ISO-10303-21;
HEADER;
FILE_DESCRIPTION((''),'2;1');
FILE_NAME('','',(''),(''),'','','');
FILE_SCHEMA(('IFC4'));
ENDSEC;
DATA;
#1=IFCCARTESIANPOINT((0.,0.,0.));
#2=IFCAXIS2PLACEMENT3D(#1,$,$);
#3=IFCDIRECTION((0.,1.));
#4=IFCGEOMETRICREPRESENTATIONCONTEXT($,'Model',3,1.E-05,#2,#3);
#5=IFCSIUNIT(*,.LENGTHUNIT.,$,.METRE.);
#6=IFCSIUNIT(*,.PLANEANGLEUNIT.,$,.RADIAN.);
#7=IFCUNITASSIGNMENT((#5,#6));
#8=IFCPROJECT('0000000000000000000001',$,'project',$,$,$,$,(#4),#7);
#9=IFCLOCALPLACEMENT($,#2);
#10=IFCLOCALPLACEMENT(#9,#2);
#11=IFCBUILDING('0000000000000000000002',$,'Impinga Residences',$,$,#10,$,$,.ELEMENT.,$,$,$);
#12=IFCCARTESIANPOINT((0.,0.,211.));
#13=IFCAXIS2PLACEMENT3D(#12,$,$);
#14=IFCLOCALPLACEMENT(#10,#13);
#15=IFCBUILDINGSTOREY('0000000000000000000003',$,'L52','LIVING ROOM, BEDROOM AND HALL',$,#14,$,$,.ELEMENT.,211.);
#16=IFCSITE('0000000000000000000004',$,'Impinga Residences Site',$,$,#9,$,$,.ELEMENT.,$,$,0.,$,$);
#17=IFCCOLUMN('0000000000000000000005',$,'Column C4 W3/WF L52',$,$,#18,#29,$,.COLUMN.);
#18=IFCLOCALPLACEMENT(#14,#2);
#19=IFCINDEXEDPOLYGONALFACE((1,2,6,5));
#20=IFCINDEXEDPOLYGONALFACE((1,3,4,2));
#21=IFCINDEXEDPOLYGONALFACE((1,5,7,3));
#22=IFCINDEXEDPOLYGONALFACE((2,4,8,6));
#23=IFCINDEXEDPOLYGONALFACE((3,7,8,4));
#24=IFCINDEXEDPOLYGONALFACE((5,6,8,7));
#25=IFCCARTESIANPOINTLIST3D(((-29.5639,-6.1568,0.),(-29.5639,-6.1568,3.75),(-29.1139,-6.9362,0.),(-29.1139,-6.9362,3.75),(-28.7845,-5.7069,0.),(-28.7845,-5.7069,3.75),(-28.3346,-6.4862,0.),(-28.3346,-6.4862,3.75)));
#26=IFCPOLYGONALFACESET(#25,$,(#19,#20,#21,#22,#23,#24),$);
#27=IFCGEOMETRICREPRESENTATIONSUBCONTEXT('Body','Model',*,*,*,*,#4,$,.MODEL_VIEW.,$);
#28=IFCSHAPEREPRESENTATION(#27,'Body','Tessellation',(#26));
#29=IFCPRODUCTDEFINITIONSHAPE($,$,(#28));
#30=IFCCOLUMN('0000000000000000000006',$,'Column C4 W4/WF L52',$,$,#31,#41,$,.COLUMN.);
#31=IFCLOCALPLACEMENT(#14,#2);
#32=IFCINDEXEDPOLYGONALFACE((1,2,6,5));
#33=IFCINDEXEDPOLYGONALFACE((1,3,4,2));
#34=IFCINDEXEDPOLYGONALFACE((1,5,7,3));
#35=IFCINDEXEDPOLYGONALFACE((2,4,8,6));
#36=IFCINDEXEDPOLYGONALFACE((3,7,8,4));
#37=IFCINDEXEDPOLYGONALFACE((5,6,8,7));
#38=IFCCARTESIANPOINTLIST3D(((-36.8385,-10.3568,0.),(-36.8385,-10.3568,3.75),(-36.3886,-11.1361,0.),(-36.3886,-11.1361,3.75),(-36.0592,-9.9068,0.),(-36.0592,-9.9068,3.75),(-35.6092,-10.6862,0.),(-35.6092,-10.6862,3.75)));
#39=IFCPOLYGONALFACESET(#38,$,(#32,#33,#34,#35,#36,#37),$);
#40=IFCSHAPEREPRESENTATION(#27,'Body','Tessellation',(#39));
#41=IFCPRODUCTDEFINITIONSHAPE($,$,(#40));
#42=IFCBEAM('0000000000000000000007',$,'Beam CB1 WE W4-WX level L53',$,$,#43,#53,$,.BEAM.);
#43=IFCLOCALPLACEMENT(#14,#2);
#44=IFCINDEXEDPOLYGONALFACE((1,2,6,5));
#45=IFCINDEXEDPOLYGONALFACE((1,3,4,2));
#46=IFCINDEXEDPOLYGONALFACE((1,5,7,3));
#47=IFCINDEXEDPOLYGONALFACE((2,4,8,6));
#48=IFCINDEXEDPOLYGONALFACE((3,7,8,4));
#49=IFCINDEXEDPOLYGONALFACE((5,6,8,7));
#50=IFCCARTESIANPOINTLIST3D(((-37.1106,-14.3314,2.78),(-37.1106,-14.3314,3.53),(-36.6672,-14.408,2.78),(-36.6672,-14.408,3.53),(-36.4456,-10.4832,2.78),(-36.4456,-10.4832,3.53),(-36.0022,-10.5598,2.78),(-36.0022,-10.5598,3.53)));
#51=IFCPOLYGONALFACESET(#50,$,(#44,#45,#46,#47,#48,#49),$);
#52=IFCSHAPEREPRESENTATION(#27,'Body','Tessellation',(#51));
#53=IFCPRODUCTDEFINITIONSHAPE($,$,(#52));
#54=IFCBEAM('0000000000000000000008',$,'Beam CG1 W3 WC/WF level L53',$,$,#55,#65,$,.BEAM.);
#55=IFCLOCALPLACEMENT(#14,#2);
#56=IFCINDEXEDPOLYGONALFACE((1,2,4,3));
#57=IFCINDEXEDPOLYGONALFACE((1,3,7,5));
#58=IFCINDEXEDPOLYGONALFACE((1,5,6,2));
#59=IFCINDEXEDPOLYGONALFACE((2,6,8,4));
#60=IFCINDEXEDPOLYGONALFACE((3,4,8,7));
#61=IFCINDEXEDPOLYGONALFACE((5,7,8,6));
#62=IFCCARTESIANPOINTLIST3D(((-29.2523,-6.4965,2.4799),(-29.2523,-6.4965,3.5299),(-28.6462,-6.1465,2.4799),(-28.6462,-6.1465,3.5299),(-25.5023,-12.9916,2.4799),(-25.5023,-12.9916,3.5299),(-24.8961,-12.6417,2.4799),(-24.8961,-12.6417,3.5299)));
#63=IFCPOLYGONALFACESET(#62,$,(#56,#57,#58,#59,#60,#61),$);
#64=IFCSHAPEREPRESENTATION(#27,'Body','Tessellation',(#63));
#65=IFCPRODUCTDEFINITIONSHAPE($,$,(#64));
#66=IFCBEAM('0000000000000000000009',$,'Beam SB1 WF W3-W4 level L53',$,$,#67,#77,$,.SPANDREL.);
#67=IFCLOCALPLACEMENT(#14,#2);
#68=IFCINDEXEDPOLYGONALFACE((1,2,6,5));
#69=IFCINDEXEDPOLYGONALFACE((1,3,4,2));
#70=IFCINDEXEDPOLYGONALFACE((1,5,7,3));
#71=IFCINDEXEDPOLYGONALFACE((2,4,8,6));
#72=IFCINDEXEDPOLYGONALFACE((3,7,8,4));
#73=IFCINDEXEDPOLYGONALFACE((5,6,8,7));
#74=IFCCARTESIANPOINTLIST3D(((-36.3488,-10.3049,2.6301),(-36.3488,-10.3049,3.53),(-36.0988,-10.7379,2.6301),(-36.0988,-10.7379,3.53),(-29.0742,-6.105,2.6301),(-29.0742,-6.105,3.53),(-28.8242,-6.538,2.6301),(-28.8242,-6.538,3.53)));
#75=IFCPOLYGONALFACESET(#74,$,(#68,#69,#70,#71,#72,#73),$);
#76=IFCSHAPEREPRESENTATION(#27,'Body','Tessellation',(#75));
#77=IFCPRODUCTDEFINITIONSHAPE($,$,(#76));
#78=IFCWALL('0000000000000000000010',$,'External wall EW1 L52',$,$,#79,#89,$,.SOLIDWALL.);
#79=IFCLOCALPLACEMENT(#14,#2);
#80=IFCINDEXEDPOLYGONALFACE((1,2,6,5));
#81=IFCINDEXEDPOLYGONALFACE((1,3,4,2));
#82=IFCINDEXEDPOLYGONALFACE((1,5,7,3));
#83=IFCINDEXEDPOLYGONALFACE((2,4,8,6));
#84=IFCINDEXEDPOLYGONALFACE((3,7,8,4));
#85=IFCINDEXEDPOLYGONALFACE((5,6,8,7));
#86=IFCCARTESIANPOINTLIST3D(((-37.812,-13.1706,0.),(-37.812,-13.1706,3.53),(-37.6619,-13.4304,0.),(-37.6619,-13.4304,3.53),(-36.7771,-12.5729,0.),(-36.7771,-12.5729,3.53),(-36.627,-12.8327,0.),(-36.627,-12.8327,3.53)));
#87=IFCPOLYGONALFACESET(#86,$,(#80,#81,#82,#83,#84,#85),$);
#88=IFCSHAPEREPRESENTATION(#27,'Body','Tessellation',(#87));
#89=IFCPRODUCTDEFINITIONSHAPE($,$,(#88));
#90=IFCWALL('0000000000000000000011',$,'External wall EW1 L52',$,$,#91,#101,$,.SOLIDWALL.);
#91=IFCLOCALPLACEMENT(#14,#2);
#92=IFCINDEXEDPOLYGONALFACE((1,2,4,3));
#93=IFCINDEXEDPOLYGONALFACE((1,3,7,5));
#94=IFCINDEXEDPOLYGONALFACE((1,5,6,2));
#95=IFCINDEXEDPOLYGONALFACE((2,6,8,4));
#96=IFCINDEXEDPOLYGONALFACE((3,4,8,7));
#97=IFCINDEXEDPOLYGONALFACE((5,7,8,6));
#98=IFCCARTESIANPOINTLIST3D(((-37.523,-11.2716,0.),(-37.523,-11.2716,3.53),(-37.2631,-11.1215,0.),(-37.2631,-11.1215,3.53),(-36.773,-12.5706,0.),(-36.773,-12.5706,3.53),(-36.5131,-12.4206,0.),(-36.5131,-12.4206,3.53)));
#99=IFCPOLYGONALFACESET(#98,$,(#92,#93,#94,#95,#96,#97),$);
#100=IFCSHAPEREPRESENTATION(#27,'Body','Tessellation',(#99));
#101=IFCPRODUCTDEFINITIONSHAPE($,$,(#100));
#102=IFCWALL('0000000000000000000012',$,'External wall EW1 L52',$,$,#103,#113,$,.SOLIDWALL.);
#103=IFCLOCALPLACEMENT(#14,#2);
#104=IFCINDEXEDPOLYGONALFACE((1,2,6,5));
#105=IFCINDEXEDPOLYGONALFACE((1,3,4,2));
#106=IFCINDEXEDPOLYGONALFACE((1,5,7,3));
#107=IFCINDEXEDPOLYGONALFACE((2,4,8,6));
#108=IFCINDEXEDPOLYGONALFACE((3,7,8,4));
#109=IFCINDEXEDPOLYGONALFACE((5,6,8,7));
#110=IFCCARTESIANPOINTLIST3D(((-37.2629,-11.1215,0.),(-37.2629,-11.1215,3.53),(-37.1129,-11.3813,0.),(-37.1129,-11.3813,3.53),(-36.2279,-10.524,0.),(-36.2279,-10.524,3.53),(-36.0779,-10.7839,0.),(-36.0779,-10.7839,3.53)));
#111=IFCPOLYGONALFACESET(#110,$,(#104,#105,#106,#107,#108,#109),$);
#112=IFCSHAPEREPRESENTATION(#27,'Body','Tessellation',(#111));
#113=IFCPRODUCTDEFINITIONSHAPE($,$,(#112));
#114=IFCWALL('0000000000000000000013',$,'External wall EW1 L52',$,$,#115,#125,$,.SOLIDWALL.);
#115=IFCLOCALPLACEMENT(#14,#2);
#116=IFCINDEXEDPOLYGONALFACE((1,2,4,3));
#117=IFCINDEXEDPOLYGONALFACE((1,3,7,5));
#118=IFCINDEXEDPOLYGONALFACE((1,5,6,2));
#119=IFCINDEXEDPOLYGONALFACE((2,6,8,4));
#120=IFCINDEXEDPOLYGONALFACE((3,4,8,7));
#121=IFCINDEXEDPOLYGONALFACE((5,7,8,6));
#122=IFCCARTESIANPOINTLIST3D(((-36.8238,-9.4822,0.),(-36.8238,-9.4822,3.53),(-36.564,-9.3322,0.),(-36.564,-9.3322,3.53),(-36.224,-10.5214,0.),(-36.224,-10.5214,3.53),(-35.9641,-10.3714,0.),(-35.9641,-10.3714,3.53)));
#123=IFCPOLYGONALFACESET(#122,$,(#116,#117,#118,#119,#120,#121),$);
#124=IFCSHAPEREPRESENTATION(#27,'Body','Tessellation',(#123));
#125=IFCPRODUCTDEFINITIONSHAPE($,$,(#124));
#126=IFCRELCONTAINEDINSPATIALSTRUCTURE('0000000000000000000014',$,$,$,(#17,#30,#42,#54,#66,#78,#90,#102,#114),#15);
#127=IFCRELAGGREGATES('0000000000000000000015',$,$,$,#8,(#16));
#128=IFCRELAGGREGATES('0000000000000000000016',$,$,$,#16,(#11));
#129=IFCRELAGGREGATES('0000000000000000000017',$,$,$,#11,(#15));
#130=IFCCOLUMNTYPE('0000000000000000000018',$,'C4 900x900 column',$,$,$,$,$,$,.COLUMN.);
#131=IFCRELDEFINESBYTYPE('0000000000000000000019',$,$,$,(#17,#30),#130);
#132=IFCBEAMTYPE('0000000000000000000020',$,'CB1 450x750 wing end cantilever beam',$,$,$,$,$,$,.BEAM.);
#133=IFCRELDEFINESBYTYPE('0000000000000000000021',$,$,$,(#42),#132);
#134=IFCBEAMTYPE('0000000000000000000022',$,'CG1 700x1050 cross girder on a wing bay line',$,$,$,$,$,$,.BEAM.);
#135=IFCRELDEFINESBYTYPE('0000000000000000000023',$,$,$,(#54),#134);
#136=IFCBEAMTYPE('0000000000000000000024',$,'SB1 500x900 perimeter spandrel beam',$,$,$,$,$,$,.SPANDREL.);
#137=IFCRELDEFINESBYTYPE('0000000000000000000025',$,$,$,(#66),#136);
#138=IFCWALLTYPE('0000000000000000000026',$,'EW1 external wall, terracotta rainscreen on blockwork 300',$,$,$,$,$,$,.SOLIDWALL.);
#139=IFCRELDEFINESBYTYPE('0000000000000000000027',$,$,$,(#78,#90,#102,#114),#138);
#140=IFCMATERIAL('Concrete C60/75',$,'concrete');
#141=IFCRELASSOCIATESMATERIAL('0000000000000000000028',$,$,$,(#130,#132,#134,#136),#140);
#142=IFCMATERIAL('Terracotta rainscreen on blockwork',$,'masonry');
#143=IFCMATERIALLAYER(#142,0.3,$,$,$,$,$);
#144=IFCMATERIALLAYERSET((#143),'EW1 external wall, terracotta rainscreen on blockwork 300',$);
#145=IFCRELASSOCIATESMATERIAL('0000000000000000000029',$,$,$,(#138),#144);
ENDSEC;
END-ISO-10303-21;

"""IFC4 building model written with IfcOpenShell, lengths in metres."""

from ifc_helpers import new_model, si_unit, direction, frame, frame_2d, origin, origin_2d, place, context, subcontext, project, spatial, rectangle, extrude, material, layer, layer_set, material_profile, profile_set, type_object, element, save


model = new_model("IFC4")

# Units and contexts
model_context = context("Model", 3, precision=1e-05, world=origin(), true_north=direction((0.0, 1.0)))
body_context = subcontext(model_context, "Body", "Model", "MODEL_VIEW")
ifc_project = project(units=[si_unit("LENGTHUNIT", "METRE"), si_unit("PLANEANGLEUNIT", "RADIAN")], contexts=[model_context])

# Site, building, storey
site_placement = place(None, origin())
site = spatial("IfcSite", under=ifc_project, at=site_placement, Name="Impinga Residences Site", CompositionType="ELEMENT", RefElevation=0.0)
building_placement = place(site_placement, origin())
building = spatial("IfcBuilding", under=site, at=building_placement, Name="Impinga Residences", CompositionType="ELEMENT")
storey_placement = place(building_placement, frame((0.0, 0.0, 211.0)))
storey = spatial("IfcBuildingStorey", under=building, at=storey_placement, Name="L52", Description="LIVING ROOM, BEDROOM AND HALL", CompositionType="ELEMENT", Elevation=211.0)

# Columns
ifc_material_1 = material(Name="Concrete C60/75", Category="concrete")
ifc_material_profile_1 = material_profile(ifc_material_1, rectangle(XDim=0.8999, YDim=0.8999, at=origin_2d()), Name="RC 900x900")
ifc_profile_set_1 = profile_set([ifc_material_profile_1], Name="Concrete C60/75")
column_type = type_object("IfcColumnType", Name="C4 900x900 column", PredefinedType="COLUMN", material=ifc_profile_set_1)
for number, where, z_axis, x_axis, name in (
    (1, (-28.9492, -6.3215, 0.0), (0.0, 0.0, 1.0), (-0.5, 0.866025, 0.0), "Column C4 W3/WF L52"),
    (2, (-36.2239, -10.5215, 0.0), (0.0, 0.0, 1.0), (-0.5, 0.866025, 0.0), "Column C4 W4/WF L52"),
):
    element("IfcColumn", number, at=place(storey_placement, frame(where, z_axis=z_axis, x_axis=x_axis)), inside=storey, type_object=column_type, Name=name, PredefinedType="COLUMN", context=body_context, shape_type="SweptSolid", body=[
        extrude(rectangle(XDim=0.8999, YDim=0.8999, at=origin_2d()), origin(), (0.0, 0.0, 1.0), 3.75),
    ])

# Beams
ifc_material_profile_2 = material_profile(ifc_material_1, rectangle(XDim=0.45, YDim=0.75, at=origin_2d()), Name="RC 450x750")
ifc_profile_set_2 = profile_set([ifc_material_profile_2], Name="Concrete C60/75")
beam_type_1 = type_object("IfcBeamType", Name="CB1 450x750 wing end cantilever beam", PredefinedType="BEAM", material=ifc_profile_set_2)
beam_1_placement = place(storey_placement, frame((-36.2239, -10.5215, 3.155), z_axis=(-0.170296, -0.985393, 0.0), x_axis=(0.985393, -0.170296, 0.0)))
element("IfcBeam", 3, at=beam_1_placement, inside=storey, type_object=beam_type_1, Name="Beam CB1 WE W4-WX level L53", PredefinedType="BEAM", context=body_context, shape_type="SweptSolid", body=[
    extrude(rectangle(XDim=0.45, YDim=0.75, at=origin_2d()), origin(), (0.0, 0.0, 1.0), 3.9053),
])
ifc_material_profile_3 = material_profile(ifc_material_1, rectangle(XDim=0.7, YDim=1.05, at=origin_2d()), Name="RC 700x1050")
ifc_profile_set_3 = profile_set([ifc_material_profile_3], Name="Concrete C60/75")
beam_type_2 = type_object("IfcBeamType", Name="CG1 700x1050 cross girder on a wing bay line", PredefinedType="BEAM", material=ifc_profile_set_3)
beam_2_placement = place(storey_placement, frame((-25.1992, -12.8167, 3.0049), z_axis=(-0.500004, 0.866023, 0.0), x_axis=(-0.866023, -0.500004, 0.0)))
element("IfcBeam", 4, at=beam_2_placement, inside=storey, type_object=beam_type_2, Name="Beam CG1 W3 WC/WF level L53", PredefinedType="BEAM", context=body_context, shape_type="SweptSolid", body=[
    extrude(rectangle(XDim=0.7, YDim=1.05, at=origin_2d()), origin(), (0.0, 0.0, 1.0), 7.5),
])
ifc_material_profile_4 = material_profile(ifc_material_1, rectangle(XDim=0.5, YDim=0.8999, at=origin_2d()), Name="RC 500x900")
ifc_profile_set_4 = profile_set([ifc_material_profile_4], Name="Concrete C60/75")
beam_type_3 = type_object("IfcBeamType", Name="SB1 500x900 perimeter spandrel beam", PredefinedType="SPANDREL", material=ifc_profile_set_4)
beam_3_placement = place(storey_placement, frame((-28.9492, -6.3215, 3.0801), z_axis=(-0.866029, -0.499993, 0.0), x_axis=(0.499993, -0.866029, 0.0)))
element("IfcBeam", 5, at=beam_3_placement, inside=storey, type_object=beam_type_3, Name="Beam SB1 WF W3-W4 level L53", PredefinedType="SPANDREL", context=body_context, shape_type="SweptSolid", body=[
    extrude(rectangle(XDim=0.5, YDim=0.8999, at=origin_2d()), origin(), (0.0, 0.0, 1.0), 8.3999),
])

# Walls
ifc_material_2 = material(Name="Terracotta rainscreen on blockwork", Category="masonry")
ifc_layer_1 = layer(ifc_material_2, 0.3)
ifc_layer_set_1 = layer_set([ifc_layer_1], Name="EW1 external wall, terracotta rainscreen on blockwork 300")
wall_type_1 = type_object("IfcWallType", Name="EW1 external wall, terracotta rainscreen on blockwork 300", PredefinedType="SOLIDWALL", material=ifc_layer_set_1)
wall_1_placement = place(storey_placement, frame((-37.7371, -13.3005, 0.0), z_axis=(0.0, 0.0, 1.0), x_axis=(0.865971, 0.500094, 0.0)))
element("IfcWall", 6, at=wall_1_placement, inside=storey, type_object=wall_type_1, Name="External wall EW1 L52", PredefinedType="SOLIDWALL", context=body_context, shape_type="SweptSolid", body=[
    extrude(rectangle(XDim=1.1951, YDim=0.3, at=frame_2d((0.5977, 0.0))), origin(), (0.0, 0.0, 1.0), 3.53),
])
wall_2_placement = place(storey_placement, frame((-36.6431, -12.4956, 0.0), z_axis=(0.0, 0.0, 1.0), x_axis=(-0.49999, 0.866031, 0.0)))
element("IfcWall", 7, at=wall_2_placement, inside=storey, type_object=wall_type_1, Name="External wall EW1 L52", PredefinedType="SOLIDWALL", context=body_context, shape_type="SweptSolid", body=[
    extrude(rectangle(XDim=1.5, YDim=0.3, at=frame_2d((0.75, 0.0))), origin(), (0.0, 0.0, 1.0), 3.53),
])
wall_3_placement = place(storey_placement, frame((-37.188, -11.2515, 0.0), z_axis=(0.0, 0.0, 1.0), x_axis=(0.86606, 0.499941, 0.0)))
element("IfcWall", 8, at=wall_3_placement, inside=storey, type_object=wall_type_1, Name="External wall EW1 L52", PredefinedType="SOLIDWALL", context=body_context, shape_type="SweptSolid", body=[
    extrude(rectangle(XDim=1.1951, YDim=0.3, at=frame_2d((0.5977, 0.0))), origin(), (0.0, 0.0, 1.0), 3.53),
])
wall_4_placement = place(storey_placement, frame((-36.094, -10.4465, 0.0), z_axis=(0.0, 0.0, 1.0), x_axis=(-0.499881, 0.866094, 0.0)))
element("IfcWall", 9, at=wall_4_placement, inside=storey, type_object=wall_type_1, Name="External wall EW1 L52", PredefinedType="SOLIDWALL", context=body_context, shape_type="SweptSolid", body=[
    extrude(rectangle(XDim=1.2, YDim=0.3, at=frame_2d((0.6001, 0.0))), origin(), (0.0, 0.0, 1.0), 3.53),
])

save(model, "model.ifc")
